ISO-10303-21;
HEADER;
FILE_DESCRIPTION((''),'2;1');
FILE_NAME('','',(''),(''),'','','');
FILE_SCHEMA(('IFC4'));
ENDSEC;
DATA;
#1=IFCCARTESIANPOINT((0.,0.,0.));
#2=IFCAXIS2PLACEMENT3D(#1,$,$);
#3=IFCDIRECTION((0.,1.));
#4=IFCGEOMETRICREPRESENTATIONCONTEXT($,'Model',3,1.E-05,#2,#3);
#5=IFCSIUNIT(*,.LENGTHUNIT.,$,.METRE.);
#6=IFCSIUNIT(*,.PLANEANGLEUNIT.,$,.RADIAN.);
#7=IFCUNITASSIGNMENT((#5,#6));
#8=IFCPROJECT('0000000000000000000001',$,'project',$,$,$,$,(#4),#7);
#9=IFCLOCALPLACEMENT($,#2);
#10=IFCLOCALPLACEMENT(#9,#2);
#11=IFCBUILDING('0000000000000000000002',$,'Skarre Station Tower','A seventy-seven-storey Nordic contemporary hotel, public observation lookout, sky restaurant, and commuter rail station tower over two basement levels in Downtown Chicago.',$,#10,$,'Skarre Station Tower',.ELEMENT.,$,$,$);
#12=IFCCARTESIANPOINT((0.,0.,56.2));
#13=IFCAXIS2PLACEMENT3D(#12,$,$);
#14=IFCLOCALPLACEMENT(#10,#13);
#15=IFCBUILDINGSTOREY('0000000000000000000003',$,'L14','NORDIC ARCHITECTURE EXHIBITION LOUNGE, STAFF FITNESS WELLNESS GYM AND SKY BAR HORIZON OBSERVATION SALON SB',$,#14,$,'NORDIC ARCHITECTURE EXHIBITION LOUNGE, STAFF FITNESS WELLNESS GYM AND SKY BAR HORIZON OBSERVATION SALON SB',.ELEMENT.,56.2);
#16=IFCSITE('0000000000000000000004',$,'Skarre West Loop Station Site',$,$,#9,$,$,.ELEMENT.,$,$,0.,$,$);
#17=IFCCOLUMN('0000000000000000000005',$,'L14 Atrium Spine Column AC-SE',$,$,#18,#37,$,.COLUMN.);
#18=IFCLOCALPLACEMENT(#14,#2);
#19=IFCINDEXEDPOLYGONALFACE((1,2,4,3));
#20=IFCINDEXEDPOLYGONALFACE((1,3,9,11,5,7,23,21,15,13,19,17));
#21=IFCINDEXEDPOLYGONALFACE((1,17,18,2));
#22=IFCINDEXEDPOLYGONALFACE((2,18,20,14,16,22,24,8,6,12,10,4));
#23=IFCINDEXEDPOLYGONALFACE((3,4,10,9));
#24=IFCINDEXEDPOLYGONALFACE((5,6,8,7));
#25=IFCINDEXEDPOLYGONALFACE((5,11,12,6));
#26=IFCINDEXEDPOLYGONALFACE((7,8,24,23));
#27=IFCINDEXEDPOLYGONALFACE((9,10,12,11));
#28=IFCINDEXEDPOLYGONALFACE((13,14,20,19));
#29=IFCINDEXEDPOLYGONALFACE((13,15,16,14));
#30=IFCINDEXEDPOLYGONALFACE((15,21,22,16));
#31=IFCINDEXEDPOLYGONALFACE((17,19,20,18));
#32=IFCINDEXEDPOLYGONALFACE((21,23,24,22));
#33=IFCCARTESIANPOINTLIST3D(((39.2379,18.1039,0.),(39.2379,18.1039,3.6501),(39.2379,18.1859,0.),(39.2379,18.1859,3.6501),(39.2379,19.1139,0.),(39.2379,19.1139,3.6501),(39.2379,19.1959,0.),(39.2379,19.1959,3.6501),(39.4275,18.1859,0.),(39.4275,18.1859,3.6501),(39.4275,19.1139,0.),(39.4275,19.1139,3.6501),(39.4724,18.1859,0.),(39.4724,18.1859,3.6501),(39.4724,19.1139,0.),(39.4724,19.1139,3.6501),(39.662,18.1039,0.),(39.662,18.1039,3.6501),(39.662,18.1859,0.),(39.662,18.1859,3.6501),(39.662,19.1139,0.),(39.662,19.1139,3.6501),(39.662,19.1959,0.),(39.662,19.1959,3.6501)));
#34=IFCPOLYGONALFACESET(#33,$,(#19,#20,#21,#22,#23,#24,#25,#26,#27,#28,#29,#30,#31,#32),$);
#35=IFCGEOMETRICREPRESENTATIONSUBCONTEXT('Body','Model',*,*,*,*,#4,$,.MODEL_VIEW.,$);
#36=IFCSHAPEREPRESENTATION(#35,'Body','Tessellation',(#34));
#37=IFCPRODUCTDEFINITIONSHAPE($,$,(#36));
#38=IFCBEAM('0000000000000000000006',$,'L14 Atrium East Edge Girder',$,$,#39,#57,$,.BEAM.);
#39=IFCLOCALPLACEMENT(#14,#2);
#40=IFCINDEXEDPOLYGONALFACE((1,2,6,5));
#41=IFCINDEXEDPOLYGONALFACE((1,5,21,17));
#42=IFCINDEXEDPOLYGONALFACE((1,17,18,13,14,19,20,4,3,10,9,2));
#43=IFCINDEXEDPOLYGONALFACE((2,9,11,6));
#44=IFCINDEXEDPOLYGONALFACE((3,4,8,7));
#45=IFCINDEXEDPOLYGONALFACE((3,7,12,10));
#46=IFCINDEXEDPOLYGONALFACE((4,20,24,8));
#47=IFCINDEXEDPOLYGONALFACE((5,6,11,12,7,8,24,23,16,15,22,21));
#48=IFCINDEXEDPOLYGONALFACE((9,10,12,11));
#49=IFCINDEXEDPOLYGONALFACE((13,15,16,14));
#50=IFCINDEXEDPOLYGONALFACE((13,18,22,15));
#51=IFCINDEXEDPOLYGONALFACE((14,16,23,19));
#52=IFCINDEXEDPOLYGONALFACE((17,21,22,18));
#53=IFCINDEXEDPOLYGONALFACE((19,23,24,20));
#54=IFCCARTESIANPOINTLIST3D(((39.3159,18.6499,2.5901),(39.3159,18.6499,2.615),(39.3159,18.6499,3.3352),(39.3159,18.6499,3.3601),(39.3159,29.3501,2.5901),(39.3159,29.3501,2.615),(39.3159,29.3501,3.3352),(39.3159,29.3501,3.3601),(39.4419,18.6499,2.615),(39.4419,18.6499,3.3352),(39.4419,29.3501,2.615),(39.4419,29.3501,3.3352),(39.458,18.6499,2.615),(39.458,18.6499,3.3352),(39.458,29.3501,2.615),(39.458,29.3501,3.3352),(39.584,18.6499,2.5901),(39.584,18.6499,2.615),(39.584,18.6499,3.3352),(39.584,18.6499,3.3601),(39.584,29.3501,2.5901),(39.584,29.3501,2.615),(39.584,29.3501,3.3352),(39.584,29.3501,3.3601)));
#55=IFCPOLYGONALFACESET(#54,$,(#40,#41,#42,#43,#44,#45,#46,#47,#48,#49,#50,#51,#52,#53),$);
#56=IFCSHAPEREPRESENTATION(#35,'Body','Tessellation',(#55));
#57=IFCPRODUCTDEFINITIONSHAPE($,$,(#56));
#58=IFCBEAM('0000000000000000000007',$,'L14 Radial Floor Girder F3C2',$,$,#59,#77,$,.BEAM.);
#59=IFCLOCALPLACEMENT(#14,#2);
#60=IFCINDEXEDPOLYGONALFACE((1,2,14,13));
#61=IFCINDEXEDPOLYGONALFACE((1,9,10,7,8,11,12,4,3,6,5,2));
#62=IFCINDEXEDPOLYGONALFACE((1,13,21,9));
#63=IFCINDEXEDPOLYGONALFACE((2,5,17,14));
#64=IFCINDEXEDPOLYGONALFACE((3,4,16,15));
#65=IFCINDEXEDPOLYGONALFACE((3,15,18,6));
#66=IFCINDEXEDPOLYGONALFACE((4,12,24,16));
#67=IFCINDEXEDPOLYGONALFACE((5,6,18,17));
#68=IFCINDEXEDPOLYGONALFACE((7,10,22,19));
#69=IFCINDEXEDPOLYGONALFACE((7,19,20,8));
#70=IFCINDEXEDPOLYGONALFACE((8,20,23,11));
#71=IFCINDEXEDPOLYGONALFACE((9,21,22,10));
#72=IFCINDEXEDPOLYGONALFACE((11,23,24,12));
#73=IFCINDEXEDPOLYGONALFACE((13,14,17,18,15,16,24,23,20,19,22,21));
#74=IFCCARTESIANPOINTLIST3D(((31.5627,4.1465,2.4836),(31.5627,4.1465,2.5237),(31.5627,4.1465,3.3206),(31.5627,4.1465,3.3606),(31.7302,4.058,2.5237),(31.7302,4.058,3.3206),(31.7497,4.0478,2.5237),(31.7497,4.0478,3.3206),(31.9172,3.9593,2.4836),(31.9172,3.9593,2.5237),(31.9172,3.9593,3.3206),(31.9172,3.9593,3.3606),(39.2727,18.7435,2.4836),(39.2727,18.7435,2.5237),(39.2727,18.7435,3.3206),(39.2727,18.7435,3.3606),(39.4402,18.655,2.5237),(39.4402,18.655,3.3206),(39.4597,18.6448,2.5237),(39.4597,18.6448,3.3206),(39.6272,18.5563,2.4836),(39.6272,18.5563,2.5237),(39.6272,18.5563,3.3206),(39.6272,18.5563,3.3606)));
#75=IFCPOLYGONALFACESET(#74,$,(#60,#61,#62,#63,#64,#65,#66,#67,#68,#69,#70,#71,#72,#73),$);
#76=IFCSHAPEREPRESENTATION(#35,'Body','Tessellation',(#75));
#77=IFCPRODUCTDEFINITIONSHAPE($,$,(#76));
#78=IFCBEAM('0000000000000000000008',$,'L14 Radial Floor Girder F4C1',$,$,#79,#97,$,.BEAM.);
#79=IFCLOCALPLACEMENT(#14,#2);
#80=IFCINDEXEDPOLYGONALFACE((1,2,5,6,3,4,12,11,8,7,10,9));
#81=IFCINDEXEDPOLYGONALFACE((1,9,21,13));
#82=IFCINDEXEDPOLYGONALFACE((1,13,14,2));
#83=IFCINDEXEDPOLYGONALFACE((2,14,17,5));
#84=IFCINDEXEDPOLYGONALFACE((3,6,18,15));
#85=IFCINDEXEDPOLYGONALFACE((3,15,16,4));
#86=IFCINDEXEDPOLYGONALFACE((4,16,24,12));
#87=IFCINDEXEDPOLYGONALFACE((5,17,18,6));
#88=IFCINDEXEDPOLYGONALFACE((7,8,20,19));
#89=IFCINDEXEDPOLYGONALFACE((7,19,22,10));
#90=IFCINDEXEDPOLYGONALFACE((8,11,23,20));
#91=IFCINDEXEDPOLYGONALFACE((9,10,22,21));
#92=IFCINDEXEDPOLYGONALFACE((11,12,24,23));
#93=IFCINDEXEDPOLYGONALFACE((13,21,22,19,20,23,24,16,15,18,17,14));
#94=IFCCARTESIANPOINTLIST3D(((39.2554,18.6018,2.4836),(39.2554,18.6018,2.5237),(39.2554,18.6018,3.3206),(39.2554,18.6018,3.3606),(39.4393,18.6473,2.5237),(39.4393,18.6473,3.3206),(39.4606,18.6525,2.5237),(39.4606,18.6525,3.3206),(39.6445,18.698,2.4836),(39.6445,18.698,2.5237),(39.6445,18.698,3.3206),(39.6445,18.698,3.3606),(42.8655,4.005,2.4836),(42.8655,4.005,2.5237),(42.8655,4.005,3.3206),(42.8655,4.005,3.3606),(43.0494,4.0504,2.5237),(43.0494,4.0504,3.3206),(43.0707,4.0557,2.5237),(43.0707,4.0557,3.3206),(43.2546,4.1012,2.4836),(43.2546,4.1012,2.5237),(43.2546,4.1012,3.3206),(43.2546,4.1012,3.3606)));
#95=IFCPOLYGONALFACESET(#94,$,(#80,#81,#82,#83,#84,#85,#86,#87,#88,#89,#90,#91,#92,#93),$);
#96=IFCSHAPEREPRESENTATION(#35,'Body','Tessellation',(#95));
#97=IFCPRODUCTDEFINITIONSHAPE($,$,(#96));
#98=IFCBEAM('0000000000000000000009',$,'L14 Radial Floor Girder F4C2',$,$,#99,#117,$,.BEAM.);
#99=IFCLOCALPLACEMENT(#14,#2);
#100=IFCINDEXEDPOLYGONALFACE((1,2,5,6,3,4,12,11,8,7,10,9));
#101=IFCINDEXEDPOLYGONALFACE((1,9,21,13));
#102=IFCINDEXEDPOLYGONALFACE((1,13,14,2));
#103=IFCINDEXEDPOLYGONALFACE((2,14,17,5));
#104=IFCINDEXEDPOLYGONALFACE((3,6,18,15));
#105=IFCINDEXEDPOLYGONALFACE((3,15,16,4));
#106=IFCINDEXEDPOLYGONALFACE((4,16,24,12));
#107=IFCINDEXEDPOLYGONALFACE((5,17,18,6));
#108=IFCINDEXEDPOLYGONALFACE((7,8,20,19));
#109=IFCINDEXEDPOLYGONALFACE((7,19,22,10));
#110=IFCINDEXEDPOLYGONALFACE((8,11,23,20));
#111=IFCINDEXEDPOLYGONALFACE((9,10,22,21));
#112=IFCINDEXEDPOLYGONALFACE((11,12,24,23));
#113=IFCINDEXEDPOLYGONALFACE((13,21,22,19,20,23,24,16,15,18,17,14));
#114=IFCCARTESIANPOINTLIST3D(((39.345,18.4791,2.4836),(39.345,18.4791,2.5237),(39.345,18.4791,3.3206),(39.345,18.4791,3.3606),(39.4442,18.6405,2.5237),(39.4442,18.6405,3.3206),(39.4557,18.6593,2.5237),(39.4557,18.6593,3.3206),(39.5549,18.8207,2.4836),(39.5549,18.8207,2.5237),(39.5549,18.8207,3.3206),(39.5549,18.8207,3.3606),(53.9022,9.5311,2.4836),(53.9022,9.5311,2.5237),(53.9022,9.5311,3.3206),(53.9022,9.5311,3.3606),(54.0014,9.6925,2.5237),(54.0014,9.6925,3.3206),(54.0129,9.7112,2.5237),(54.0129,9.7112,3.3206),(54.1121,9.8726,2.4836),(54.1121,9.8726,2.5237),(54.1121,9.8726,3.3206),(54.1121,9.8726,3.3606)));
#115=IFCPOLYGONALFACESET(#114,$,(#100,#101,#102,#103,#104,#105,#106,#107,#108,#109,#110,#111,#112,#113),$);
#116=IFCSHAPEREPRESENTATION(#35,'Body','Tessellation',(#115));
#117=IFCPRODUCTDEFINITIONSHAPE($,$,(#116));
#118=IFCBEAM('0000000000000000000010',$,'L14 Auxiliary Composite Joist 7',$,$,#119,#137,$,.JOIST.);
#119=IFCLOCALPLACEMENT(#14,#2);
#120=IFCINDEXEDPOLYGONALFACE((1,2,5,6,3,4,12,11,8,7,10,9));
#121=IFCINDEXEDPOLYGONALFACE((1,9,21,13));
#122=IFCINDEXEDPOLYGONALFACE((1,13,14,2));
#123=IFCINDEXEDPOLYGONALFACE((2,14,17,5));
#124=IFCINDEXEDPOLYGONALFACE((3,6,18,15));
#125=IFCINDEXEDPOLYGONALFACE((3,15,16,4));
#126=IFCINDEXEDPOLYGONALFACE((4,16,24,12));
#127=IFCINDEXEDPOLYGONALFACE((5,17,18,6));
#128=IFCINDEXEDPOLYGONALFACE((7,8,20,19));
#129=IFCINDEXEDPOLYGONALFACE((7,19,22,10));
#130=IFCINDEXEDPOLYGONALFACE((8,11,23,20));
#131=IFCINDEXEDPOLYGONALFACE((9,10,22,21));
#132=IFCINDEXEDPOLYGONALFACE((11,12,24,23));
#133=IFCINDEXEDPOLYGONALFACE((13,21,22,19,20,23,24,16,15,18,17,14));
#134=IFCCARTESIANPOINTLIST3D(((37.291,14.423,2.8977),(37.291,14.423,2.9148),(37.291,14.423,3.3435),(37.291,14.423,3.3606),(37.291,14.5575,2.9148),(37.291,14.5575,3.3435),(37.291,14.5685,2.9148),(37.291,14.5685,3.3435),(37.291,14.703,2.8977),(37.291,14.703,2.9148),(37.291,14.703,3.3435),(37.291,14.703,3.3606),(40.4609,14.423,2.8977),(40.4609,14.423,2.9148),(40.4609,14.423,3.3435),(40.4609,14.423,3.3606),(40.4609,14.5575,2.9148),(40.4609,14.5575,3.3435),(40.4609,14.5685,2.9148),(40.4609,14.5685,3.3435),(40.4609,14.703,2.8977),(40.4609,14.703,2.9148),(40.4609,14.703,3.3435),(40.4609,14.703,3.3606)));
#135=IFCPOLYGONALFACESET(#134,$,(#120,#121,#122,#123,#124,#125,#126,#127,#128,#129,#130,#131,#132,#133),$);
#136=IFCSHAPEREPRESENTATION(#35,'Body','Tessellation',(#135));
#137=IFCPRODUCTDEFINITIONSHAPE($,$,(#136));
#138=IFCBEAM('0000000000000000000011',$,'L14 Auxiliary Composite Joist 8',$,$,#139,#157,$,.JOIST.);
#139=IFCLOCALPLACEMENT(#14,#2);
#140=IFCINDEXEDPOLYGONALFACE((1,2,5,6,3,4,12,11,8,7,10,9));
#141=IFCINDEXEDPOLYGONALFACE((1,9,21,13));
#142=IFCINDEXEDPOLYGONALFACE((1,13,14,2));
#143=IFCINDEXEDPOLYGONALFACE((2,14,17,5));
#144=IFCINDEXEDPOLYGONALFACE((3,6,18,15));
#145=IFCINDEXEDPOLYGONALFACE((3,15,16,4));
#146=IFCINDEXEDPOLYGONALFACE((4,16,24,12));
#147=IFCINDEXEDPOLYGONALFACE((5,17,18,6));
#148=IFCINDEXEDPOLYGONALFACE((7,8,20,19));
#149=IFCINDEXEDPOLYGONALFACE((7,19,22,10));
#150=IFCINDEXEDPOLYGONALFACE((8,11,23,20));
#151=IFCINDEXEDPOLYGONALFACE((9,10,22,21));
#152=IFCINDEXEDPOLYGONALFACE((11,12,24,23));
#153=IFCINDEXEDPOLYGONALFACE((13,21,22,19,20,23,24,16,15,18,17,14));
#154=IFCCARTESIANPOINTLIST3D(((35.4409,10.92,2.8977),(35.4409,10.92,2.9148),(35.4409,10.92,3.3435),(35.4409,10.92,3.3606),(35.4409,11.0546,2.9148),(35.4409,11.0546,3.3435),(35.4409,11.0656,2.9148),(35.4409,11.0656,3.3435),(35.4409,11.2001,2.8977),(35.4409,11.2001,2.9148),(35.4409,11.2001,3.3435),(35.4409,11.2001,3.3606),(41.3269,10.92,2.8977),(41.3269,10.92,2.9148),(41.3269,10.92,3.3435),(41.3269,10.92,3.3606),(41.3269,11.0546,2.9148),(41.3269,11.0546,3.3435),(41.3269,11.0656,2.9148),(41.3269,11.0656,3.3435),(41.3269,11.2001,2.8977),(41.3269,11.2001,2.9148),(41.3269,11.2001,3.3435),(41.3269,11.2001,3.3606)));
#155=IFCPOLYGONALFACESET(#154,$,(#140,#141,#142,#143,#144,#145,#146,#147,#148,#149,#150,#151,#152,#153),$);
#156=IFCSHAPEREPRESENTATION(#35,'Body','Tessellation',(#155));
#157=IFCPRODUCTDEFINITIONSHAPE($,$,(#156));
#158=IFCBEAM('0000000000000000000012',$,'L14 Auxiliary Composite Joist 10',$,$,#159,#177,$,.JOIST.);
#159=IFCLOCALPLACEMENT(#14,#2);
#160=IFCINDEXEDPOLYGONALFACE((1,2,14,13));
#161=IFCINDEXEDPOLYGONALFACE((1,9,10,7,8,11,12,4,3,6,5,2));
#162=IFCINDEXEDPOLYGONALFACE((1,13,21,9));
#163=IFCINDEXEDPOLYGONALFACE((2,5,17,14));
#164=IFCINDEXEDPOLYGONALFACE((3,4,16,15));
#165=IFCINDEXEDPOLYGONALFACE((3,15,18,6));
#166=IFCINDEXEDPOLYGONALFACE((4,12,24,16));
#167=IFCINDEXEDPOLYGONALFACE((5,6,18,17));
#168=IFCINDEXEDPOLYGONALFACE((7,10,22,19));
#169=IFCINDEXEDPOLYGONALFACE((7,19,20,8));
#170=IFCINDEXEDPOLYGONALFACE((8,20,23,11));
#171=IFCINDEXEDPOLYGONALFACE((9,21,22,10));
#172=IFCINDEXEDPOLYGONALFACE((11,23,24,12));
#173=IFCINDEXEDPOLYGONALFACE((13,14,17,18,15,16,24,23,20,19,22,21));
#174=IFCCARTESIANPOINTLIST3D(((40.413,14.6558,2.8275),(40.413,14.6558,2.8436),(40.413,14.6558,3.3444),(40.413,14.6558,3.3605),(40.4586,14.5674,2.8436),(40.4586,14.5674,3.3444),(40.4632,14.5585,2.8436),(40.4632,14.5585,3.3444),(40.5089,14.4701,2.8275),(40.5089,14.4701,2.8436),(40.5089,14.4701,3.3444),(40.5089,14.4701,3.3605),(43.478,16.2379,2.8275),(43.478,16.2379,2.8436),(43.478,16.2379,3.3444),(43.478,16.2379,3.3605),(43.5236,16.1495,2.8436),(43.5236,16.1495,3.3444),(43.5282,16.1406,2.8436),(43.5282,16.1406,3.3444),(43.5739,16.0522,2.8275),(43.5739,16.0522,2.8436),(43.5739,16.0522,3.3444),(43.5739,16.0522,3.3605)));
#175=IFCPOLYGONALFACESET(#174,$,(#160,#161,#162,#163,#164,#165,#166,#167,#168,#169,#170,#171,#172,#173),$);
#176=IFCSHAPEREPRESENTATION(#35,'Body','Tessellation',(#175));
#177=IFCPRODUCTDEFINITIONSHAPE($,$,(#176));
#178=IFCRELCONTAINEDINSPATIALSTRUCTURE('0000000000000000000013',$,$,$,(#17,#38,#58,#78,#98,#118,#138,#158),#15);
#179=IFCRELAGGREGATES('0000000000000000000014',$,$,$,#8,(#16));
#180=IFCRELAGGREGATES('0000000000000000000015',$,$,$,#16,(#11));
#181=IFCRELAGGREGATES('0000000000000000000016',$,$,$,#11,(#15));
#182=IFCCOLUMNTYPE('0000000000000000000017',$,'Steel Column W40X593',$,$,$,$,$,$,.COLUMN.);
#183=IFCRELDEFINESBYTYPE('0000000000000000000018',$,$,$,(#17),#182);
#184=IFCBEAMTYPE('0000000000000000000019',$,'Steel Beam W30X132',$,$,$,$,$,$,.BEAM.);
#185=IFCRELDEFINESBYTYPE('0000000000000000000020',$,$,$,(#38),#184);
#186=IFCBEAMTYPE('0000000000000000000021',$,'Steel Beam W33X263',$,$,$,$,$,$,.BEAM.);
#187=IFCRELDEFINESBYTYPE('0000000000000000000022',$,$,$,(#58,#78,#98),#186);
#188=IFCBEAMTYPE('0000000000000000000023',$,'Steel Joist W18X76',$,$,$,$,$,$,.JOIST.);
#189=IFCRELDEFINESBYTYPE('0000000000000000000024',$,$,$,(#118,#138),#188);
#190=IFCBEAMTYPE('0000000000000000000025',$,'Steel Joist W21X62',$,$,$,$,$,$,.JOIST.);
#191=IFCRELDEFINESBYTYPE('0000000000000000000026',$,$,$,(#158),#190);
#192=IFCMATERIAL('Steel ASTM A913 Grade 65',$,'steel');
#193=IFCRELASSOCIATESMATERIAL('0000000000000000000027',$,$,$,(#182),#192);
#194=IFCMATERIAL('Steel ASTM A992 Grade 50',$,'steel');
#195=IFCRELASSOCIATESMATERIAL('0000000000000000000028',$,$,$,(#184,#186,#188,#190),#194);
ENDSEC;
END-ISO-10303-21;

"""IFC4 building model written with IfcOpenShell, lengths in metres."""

from ifc_helpers import new_model, si_unit, direction, frame, origin, origin_2d, place, context, subcontext, project, spatial, i_section, extrude, material, material_profile, profile_set, type_object, element, save


model = new_model("IFC4")

# Units and contexts
model_context = context("Model", 3, precision=1e-05, world=origin(), true_north=direction((0.0, 1.0)))
body_context = subcontext(model_context, "Body", "Model", "MODEL_VIEW")
ifc_project = project(units=[si_unit("LENGTHUNIT", "METRE"), si_unit("PLANEANGLEUNIT", "RADIAN")], contexts=[model_context])

# Site, building, storey
site_placement = place(None, origin())
site = spatial("IfcSite", under=ifc_project, at=site_placement, Name="Skarre West Loop Station Site", CompositionType="ELEMENT", RefElevation=0.0)
building_placement = place(site_placement, origin())
building = spatial("IfcBuilding", under=site, at=building_placement, Name="Skarre Station Tower", Description="A seventy-seven-storey Nordic contemporary hotel, public observation lookout, sky restaurant, and commuter rail station tower over two basement levels in Downtown Chicago.", LongName="Skarre Station Tower", CompositionType="ELEMENT")
storey_placement = place(building_placement, frame((0.0, 0.0, 56.2)))
storey = spatial("IfcBuildingStorey", under=building, at=storey_placement, Name="L14", Description="NORDIC ARCHITECTURE EXHIBITION LOUNGE, STAFF FITNESS WELLNESS GYM AND SKY BAR HORIZON OBSERVATION SALON SB", LongName="NORDIC ARCHITECTURE EXHIBITION LOUNGE, STAFF FITNESS WELLNESS GYM AND SKY BAR HORIZON OBSERVATION SALON SB", CompositionType="ELEMENT", Elevation=56.2)

# Column
ifc_material_1 = material(Name="Steel ASTM A913 Grade 65", Category="steel")
ifc_material_profile_1 = material_profile(ifc_material_1, i_section(OverallWidth=0.4241, OverallDepth=1.092, WebThickness=0.0449, FlangeThickness=0.082, at=origin_2d()), Name="Steel ASTM A913 Grade 65")
ifc_profile_set_1 = profile_set([ifc_material_profile_1], Name="Steel ASTM A913 Grade 65")
column_type = type_object("IfcColumnType", Name="Steel Column W40X593", PredefinedType="COLUMN", material=ifc_profile_set_1)
column_placement = place(storey_placement, frame((39.45, 18.6499, 0.0), z_axis=(0.0, 0.0, 1.0), x_axis=(1.0, 0.0, 0.0)))
element("IfcColumn", 1, at=column_placement, inside=storey, type_object=column_type, Name="L14 Atrium Spine Column AC-SE", PredefinedType="COLUMN", context=body_context, shape_type="SweptSolid", body=[
    extrude(i_section(OverallWidth=0.4241, OverallDepth=1.092, WebThickness=0.0449, FlangeThickness=0.082, at=origin_2d()), origin(), (0.0, 0.0, 1.0), 3.6501),
])

# Beams
ifc_material_2 = material(Name="Steel ASTM A992 Grade 50", Category="steel")
ifc_material_profile_2 = material_profile(ifc_material_2, i_section(OverallWidth=0.2681, OverallDepth=0.77, WebThickness=0.0161, FlangeThickness=0.0249, at=origin_2d()), Name="Steel ASTM A992 Grade 50")
ifc_profile_set_2 = profile_set([ifc_material_profile_2], Name="Steel ASTM A992 Grade 50")
beam_type_1 = type_object("IfcBeamType", Name="Steel Beam W30X132", PredefinedType="BEAM", material=ifc_profile_set_2)
beam_1_placement = place(storey_placement, frame((39.45, 18.6499, 2.9751), z_axis=(0.0, 1.0, 0.0), x_axis=(-1.0, 0.0, 0.0)))
element("IfcBeam", 2, at=beam_1_placement, inside=storey, type_object=beam_type_1, Name="L14 Atrium East Edge Girder", PredefinedType="BEAM", context=body_context, shape_type="SweptSolid", body=[
    extrude(i_section(OverallWidth=0.2681, OverallDepth=0.77, WebThickness=0.0161, FlangeThickness=0.0249, at=origin_2d()), origin(), (0.0, 0.0, 1.0), 10.7002),
])
ifc_material_profile_3 = material_profile(ifc_material_2, i_section(OverallWidth=0.4009, OverallDepth=0.877, WebThickness=0.022, FlangeThickness=0.04, at=origin_2d()), Name="Steel ASTM A992 Grade 50")
ifc_profile_set_3 = profile_set([ifc_material_profile_3], Name="Steel ASTM A992 Grade 50")
beam_type_2 = type_object("IfcBeamType", Name="Steel Beam W33X263", PredefinedType="BEAM", material=ifc_profile_set_3)
beam_2_placement = place(storey_placement, frame((39.45, 18.6499, 2.9221), z_axis=(-0.467044, -0.884234, 0.0), x_axis=(0.884234, -0.467044, 0.0)))
element("IfcBeam", 3, at=beam_2_placement, inside=storey, type_object=beam_type_2, Name="L14 Radial Floor Girder F3C2", PredefinedType="BEAM", context=body_context, shape_type="SweptSolid", body=[
    extrude(i_section(OverallWidth=0.4009, OverallDepth=0.877, WebThickness=0.022, FlangeThickness=0.04, at=origin_2d()), origin(), (0.0, 0.0, 1.0), 16.5081),
])
beam_3_placement = place(storey_placement, frame((39.45, 18.6499, 2.9221), z_axis=(0.240086, -0.970752, 0.0), x_axis=(0.970752, 0.240086, 0.0)))
element("IfcBeam", 4, at=beam_3_placement, inside=storey, type_object=beam_type_2, Name="L14 Radial Floor Girder F4C1", PredefinedType="BEAM", context=body_context, shape_type="SweptSolid", body=[
    extrude(i_section(OverallWidth=0.4009, OverallDepth=0.877, WebThickness=0.022, FlangeThickness=0.04, at=origin_2d()), origin(), (0.0, 0.0, 1.0), 15.0366),
])
beam_4_placement = place(storey_placement, frame((39.45, 18.6499, 2.9221), z_axis=(0.851926, -0.523663, 0.0), x_axis=(0.523663, 0.851926, 0.0)))
element("IfcBeam", 5, at=beam_4_placement, inside=storey, type_object=beam_type_2, Name="L14 Radial Floor Girder F4C2", PredefinedType="BEAM", context=body_context, shape_type="SweptSolid", body=[
    extrude(i_section(OverallWidth=0.4009, OverallDepth=0.877, WebThickness=0.022, FlangeThickness=0.04, at=origin_2d()), origin(), (0.0, 0.0, 1.0), 17.0874),
])
ifc_material_profile_4 = material_profile(ifc_material_2, i_section(OverallWidth=0.28, OverallDepth=0.4629, WebThickness=0.011, FlangeThickness=0.0171, at=origin_2d()), Name="Steel ASTM A992 Grade 50")
ifc_profile_set_4 = profile_set([ifc_material_profile_4], Name="Steel ASTM A992 Grade 50")
beam_type_3 = type_object("IfcBeamType", Name="Steel Joist W18X76", PredefinedType="JOIST", material=ifc_profile_set_4)
beam_5_placement = place(storey_placement, frame((37.291, 14.563, 3.1292), z_axis=(1.0, 0.0, 0.0), x_axis=(0.0, 1.0, 0.0)))
element("IfcBeam", 6, at=beam_5_placement, inside=storey, type_object=beam_type_3, Name="L14 Auxiliary Composite Joist 7", PredefinedType="JOIST", context=body_context, shape_type="SweptSolid", body=[
    extrude(i_section(OverallWidth=0.28, OverallDepth=0.4629, WebThickness=0.011, FlangeThickness=0.0171, at=origin_2d()), origin(), (0.0, 0.0, 1.0), 3.1699),
])
beam_6_placement = place(storey_placement, frame((35.4409, 11.0601, 3.1292), z_axis=(1.0, 0.0, 0.0), x_axis=(0.0, 1.0, 0.0)))
element("IfcBeam", 7, at=beam_6_placement, inside=storey, type_object=beam_type_3, Name="L14 Auxiliary Composite Joist 8", PredefinedType="JOIST", context=body_context, shape_type="SweptSolid", body=[
    extrude(i_section(OverallWidth=0.28, OverallDepth=0.4629, WebThickness=0.011, FlangeThickness=0.0171, at=origin_2d()), origin(), (0.0, 0.0, 1.0), 5.886),
])
ifc_material_profile_5 = material_profile(ifc_material_2, i_section(OverallWidth=0.209, OverallDepth=0.533, WebThickness=0.01, FlangeThickness=0.0161, at=origin_2d()), Name="Steel ASTM A992 Grade 50")
ifc_profile_set_5 = profile_set([ifc_material_profile_5], Name="Steel ASTM A992 Grade 50")
beam_type_4 = type_object("IfcBeamType", Name="Steel Joist W21X62", PredefinedType="JOIST", material=ifc_profile_set_5)
beam_7_placement = place(storey_placement, frame((40.4609, 14.563, 3.094), z_axis=(0.888606, 0.458672, 0.0), x_axis=(-0.458672, 0.888606, 0.0)))
element("IfcBeam", 8, at=beam_7_placement, inside=storey, type_object=beam_type_4, Name="L14 Auxiliary Composite Joist 10", PredefinedType="JOIST", context=body_context, shape_type="SweptSolid", body=[
    extrude(i_section(OverallWidth=0.209, OverallDepth=0.533, WebThickness=0.01, FlangeThickness=0.0161, at=origin_2d()), origin(), (0.0, 0.0, 1.0), 3.4492),
])

save(model, "model.ifc")
